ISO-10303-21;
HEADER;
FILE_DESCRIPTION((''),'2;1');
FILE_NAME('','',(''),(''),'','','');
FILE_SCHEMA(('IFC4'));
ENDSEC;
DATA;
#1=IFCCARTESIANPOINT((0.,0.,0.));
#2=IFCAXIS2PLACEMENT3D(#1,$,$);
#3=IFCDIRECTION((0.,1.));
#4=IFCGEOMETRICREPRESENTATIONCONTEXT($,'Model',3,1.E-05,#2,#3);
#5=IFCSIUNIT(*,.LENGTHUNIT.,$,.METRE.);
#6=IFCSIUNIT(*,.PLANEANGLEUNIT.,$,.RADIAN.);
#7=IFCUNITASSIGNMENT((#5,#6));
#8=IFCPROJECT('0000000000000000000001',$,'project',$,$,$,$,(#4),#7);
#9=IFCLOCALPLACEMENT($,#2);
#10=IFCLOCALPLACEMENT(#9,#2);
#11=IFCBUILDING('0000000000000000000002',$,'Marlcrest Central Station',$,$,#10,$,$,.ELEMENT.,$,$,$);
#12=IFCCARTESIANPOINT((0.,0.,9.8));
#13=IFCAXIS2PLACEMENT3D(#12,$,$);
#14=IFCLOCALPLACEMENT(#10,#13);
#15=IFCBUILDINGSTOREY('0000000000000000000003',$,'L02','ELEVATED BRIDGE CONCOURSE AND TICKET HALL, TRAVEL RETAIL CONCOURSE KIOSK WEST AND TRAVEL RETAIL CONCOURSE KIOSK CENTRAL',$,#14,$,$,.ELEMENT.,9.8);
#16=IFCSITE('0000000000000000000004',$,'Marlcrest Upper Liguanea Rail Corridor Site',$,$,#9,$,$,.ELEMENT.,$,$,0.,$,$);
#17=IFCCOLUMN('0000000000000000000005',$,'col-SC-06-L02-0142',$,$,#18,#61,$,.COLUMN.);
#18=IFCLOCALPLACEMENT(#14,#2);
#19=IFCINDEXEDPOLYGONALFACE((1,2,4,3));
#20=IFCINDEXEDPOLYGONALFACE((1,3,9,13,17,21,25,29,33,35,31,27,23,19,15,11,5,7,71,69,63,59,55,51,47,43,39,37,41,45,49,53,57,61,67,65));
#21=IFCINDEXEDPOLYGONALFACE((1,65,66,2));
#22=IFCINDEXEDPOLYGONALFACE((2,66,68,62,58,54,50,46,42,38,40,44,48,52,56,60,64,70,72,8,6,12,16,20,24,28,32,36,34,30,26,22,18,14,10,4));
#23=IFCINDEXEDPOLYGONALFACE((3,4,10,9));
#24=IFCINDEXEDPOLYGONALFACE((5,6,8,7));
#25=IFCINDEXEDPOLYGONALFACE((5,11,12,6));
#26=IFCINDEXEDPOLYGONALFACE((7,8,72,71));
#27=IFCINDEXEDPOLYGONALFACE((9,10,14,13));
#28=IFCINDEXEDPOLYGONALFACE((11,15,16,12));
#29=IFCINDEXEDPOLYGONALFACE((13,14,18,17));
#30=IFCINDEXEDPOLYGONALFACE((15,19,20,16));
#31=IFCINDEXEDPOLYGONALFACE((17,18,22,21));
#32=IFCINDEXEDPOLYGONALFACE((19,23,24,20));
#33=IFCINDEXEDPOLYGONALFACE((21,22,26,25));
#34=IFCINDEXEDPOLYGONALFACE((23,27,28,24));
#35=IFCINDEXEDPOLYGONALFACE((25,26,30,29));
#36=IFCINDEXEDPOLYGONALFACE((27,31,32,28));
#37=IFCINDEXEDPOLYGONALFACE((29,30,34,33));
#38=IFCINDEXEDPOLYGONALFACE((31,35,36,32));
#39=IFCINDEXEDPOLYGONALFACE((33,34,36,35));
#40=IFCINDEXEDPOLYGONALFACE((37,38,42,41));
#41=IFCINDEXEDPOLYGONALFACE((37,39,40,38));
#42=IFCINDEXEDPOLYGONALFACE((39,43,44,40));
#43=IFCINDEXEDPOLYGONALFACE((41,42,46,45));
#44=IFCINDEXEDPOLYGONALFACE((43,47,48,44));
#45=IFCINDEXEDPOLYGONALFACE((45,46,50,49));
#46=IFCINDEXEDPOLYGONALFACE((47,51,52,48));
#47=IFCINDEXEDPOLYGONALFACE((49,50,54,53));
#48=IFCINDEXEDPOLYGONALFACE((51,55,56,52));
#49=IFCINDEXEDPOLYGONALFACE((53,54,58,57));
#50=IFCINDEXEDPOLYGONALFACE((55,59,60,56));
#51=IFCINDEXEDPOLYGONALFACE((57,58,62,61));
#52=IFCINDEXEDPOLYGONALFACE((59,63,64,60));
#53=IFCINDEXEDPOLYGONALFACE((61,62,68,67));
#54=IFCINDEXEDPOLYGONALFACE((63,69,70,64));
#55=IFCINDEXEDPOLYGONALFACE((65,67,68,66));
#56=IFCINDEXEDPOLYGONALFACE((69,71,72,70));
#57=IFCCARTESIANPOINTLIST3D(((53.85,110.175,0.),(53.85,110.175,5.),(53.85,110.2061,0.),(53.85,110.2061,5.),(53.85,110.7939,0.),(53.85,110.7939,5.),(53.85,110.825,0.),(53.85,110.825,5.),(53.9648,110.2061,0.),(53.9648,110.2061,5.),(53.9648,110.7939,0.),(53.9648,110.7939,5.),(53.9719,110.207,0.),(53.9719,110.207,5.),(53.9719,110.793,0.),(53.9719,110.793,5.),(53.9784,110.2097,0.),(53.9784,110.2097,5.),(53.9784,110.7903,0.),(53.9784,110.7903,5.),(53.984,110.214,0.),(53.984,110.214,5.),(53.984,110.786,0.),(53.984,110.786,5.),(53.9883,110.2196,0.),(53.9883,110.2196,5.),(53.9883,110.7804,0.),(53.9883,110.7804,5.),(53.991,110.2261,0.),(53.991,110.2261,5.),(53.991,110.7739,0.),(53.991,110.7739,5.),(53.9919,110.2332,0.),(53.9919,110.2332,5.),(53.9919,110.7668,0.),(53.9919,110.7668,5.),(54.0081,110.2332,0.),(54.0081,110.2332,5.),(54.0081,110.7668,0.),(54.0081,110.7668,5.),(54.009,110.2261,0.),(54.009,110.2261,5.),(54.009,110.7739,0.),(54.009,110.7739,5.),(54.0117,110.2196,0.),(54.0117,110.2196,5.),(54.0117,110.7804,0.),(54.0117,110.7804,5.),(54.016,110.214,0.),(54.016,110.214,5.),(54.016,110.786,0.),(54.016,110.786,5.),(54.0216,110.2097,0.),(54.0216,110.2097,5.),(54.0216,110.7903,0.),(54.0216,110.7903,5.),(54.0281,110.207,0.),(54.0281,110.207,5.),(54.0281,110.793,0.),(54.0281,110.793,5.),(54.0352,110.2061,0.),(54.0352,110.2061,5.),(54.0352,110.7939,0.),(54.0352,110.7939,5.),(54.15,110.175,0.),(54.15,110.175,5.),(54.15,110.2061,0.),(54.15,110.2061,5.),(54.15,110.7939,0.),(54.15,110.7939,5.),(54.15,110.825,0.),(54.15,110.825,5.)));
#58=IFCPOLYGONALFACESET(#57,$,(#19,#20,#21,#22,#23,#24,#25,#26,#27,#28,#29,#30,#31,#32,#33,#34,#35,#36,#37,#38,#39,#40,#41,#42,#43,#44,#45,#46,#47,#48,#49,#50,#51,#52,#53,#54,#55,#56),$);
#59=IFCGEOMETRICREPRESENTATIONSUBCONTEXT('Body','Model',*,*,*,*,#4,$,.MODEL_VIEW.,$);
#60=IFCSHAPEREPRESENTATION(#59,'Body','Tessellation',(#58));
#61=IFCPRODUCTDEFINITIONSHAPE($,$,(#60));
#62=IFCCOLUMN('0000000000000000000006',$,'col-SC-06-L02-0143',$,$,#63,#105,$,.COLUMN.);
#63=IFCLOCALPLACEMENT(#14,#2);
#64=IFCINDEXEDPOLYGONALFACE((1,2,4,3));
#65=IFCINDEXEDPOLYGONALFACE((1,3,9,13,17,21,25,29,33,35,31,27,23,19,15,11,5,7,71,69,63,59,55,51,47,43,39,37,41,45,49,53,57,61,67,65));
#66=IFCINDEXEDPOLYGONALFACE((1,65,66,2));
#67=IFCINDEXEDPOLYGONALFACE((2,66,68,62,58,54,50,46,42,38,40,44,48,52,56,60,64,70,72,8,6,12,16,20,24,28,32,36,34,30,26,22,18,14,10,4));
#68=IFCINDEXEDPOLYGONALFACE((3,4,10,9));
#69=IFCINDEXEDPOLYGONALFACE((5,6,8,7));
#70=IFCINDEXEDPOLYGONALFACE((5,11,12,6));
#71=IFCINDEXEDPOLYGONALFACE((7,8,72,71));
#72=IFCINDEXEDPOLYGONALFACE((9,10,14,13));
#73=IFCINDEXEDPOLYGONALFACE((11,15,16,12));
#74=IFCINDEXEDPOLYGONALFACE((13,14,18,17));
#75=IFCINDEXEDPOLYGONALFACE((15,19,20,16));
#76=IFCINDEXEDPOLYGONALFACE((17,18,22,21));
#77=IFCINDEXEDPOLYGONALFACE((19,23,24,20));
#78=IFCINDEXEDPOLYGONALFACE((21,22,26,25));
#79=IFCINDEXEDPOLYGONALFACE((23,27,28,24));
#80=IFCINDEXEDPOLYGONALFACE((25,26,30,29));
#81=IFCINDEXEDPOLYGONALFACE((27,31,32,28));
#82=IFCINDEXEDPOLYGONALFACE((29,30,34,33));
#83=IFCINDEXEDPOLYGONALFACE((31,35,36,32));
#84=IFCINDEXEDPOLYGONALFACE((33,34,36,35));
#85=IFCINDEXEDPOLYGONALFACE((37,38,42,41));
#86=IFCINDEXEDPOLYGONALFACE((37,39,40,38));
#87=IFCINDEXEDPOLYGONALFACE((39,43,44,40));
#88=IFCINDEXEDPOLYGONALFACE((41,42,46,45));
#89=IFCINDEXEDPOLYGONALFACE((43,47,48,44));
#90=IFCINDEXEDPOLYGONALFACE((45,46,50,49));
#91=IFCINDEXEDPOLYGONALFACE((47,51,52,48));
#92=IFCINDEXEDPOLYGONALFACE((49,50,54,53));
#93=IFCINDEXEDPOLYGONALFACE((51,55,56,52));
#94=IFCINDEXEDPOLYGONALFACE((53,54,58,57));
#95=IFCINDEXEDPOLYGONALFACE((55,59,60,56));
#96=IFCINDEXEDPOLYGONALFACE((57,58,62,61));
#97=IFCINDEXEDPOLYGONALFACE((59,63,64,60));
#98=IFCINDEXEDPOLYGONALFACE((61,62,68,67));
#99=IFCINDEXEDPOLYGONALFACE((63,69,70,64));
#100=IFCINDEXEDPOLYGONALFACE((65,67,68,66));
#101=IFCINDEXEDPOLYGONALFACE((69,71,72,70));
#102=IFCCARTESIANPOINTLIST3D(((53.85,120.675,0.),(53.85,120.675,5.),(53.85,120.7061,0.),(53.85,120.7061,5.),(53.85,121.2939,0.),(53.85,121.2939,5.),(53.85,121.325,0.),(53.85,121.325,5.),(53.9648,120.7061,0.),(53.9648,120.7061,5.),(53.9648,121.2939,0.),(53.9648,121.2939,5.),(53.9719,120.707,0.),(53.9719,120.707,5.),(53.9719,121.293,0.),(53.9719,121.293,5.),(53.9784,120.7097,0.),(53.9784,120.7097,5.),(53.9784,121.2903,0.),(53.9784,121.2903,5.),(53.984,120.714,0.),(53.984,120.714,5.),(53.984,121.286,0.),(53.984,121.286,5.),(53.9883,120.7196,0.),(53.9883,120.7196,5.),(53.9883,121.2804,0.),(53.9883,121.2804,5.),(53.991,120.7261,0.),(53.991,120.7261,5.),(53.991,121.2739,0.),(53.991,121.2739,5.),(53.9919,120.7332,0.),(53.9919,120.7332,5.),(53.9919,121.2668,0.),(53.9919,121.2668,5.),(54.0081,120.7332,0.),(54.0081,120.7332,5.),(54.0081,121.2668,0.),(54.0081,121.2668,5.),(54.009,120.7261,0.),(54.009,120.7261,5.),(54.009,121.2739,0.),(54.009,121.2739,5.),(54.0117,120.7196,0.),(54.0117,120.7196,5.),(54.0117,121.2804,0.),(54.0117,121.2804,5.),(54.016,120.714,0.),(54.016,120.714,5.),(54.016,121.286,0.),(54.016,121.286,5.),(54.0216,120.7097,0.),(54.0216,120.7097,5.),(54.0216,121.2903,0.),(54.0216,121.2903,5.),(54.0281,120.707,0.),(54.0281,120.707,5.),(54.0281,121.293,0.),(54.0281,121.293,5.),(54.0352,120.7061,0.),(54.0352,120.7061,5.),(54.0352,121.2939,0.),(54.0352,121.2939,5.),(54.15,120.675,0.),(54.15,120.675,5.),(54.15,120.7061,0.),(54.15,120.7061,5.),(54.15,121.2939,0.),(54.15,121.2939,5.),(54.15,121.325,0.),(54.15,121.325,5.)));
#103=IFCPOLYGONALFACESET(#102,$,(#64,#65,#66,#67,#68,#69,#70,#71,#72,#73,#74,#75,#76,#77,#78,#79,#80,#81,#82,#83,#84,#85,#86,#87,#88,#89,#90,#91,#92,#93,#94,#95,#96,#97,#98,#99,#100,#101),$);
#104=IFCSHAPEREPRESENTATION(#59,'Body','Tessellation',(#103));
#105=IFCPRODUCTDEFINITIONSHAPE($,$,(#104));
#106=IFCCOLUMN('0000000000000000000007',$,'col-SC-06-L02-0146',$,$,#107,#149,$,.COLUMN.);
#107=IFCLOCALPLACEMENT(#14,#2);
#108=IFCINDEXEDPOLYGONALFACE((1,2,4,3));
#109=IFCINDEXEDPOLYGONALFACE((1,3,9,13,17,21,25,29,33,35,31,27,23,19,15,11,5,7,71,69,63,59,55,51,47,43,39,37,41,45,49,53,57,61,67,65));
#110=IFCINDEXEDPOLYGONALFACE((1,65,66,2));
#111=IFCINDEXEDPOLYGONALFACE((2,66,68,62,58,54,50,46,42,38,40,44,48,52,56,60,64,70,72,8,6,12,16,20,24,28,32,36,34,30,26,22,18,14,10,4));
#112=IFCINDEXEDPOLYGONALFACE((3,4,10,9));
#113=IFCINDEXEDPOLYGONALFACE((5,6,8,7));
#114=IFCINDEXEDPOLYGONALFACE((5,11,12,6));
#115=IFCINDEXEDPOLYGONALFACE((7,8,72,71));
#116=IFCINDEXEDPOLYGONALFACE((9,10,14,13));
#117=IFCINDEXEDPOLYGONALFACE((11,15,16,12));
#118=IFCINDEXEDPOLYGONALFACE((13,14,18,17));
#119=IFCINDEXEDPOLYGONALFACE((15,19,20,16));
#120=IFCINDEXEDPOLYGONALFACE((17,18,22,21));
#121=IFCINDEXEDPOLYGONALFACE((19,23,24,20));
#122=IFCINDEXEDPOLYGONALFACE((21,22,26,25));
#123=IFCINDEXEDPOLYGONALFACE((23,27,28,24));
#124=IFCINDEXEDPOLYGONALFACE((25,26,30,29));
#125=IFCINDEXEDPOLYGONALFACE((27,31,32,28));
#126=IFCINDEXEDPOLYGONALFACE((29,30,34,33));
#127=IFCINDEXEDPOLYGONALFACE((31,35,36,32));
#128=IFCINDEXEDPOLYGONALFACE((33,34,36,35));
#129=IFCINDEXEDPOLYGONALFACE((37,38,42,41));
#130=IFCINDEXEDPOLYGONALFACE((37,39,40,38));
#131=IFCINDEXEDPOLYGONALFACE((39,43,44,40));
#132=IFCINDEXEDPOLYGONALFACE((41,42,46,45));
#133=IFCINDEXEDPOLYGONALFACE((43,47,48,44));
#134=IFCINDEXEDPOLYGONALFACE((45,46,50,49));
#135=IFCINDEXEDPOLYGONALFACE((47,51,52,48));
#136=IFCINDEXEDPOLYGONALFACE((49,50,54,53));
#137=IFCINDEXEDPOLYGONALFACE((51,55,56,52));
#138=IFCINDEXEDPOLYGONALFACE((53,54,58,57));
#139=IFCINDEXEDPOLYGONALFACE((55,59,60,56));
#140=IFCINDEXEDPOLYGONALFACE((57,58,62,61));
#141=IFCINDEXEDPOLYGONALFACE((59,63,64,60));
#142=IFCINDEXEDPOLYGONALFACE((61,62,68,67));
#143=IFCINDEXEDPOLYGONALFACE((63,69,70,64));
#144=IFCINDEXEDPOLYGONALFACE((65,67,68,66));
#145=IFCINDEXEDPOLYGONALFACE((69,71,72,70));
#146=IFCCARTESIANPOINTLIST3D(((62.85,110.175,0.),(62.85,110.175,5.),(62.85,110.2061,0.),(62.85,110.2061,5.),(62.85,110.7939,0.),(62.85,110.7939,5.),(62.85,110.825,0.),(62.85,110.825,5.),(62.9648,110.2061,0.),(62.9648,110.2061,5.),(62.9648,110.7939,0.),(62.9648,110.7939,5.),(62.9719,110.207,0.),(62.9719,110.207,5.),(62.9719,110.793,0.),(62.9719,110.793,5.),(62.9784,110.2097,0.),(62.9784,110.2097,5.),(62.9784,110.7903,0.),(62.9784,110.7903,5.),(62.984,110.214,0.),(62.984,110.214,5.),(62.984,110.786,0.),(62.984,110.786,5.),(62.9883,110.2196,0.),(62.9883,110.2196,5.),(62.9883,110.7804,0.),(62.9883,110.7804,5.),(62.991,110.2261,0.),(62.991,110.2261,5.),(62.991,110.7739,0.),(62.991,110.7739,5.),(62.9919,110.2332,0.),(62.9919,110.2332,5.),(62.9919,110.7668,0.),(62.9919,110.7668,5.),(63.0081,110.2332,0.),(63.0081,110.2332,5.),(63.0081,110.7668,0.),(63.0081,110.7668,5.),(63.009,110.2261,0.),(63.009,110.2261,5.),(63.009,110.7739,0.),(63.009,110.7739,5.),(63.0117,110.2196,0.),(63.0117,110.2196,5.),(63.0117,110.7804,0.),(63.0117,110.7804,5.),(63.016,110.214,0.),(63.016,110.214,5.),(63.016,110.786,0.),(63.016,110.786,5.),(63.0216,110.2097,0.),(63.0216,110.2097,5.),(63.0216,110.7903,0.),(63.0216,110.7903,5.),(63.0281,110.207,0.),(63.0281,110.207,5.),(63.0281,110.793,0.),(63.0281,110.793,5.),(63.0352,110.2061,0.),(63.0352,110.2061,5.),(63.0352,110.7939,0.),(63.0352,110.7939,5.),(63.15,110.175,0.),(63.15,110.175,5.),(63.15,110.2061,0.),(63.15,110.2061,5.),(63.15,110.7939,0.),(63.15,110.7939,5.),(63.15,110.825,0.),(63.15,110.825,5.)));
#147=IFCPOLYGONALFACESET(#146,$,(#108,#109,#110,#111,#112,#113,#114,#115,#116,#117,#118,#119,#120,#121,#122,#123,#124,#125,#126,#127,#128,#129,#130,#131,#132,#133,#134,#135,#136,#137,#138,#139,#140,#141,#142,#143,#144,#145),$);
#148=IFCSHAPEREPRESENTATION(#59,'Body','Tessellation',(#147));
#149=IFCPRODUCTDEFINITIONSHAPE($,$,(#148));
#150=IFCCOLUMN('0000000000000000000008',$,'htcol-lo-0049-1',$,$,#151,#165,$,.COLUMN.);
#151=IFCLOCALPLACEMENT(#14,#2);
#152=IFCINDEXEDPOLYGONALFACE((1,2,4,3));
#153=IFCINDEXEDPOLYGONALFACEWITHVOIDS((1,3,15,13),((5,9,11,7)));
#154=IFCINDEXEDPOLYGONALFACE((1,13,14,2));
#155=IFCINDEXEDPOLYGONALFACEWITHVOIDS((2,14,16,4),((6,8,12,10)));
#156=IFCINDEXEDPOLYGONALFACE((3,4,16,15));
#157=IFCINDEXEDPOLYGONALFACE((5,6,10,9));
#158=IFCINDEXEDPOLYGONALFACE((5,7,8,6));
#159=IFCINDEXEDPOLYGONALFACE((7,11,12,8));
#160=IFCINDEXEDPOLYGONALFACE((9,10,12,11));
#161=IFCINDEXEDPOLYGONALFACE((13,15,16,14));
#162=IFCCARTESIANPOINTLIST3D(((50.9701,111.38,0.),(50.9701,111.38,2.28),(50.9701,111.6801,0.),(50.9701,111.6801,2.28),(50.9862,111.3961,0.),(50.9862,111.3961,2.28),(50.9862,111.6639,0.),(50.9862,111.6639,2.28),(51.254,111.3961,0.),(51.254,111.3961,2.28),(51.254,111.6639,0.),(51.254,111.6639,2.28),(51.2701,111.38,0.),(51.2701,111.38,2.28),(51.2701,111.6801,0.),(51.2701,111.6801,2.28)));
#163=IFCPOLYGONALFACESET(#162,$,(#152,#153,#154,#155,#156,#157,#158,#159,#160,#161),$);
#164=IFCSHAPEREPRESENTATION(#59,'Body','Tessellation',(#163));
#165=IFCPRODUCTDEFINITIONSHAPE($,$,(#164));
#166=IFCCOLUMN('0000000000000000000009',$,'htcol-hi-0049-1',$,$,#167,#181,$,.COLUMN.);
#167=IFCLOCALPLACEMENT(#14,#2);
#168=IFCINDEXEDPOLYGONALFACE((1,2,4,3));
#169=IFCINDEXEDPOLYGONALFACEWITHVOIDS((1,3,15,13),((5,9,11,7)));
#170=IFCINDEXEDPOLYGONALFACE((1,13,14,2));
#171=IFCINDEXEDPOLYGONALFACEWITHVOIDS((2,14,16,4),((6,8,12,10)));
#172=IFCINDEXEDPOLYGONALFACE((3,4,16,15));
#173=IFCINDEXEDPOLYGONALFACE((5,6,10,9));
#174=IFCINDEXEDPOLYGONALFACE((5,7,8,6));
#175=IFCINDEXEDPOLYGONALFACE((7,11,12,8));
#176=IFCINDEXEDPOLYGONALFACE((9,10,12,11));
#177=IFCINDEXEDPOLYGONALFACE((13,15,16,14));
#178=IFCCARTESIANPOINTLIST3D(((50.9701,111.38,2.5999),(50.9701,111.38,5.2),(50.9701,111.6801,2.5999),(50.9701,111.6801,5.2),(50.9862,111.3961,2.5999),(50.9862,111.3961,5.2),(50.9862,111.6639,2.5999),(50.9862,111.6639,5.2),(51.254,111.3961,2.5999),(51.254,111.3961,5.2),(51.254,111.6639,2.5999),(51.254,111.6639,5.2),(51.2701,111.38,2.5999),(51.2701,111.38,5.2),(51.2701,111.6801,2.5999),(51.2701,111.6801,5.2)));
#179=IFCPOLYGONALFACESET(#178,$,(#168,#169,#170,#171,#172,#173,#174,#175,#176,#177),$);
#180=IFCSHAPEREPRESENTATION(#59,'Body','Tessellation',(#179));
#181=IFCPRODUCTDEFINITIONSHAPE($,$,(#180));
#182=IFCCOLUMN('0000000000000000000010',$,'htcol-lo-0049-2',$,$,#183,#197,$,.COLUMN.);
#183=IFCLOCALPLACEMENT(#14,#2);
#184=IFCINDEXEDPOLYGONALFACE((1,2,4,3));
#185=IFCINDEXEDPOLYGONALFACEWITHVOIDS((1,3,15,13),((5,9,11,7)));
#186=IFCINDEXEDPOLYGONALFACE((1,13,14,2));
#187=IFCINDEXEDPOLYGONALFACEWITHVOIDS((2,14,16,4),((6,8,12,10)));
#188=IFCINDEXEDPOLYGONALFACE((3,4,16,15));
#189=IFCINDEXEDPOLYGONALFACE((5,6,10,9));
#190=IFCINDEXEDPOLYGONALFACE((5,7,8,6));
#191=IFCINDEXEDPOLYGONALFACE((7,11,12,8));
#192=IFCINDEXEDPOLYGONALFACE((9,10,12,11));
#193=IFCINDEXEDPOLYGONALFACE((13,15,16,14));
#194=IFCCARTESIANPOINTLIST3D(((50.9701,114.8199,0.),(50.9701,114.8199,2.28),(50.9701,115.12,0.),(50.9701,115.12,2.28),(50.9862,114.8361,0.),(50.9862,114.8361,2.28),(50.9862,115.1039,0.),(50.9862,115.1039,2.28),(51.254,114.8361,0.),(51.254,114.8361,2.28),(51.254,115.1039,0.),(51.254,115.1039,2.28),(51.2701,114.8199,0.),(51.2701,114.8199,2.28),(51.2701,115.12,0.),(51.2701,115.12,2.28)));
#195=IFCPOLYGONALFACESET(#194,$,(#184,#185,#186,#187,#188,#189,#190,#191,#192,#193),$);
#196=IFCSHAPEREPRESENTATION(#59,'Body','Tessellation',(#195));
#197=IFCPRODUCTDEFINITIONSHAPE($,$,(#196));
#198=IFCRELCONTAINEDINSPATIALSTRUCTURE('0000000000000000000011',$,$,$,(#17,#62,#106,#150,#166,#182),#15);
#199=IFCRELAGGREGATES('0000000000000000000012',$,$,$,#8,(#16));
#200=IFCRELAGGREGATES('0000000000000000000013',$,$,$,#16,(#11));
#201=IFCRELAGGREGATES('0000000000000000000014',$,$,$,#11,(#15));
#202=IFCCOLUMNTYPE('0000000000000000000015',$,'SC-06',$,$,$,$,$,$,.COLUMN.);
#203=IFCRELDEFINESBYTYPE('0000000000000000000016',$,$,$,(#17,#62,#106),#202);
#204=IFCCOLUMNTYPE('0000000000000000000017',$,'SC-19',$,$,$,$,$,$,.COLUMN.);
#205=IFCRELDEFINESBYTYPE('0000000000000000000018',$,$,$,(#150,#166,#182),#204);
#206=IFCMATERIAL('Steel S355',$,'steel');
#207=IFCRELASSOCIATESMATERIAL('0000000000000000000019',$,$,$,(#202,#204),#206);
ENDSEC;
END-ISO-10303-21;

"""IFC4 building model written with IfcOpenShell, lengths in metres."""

from ifc_helpers import new_model, si_unit, direction, frame, origin, origin_2d, place, context, subcontext, project, spatial, hollow_rectangle, i_section, extrude, material, material_profile, profile_set, type_object, element, save


model = new_model("IFC4")

# Units and contexts
model_context = context("Model", 3, precision=1e-05, world=origin(), true_north=direction((0.0, 1.0)))
body_context = subcontext(model_context, "Body", "Model", "MODEL_VIEW")
ifc_project = project(units=[si_unit("LENGTHUNIT", "METRE"), si_unit("PLANEANGLEUNIT", "RADIAN")], contexts=[model_context])

# Site, building, storey
site_placement = place(None, origin())
site = spatial("IfcSite", under=ifc_project, at=site_placement, Name="Marlcrest Upper Liguanea Rail Corridor Site", CompositionType="ELEMENT", RefElevation=0.0)
building_placement = place(site_placement, origin())
building = spatial("IfcBuilding", under=site, at=building_placement, Name="Marlcrest Central Station", CompositionType="ELEMENT")
storey_placement = place(building_placement, frame((0.0, 0.0, 9.8)))
storey = spatial("IfcBuildingStorey", under=building, at=storey_placement, Name="L02", Description="ELEVATED BRIDGE CONCOURSE AND TICKET HALL, TRAVEL RETAIL CONCOURSE KIOSK WEST AND TRAVEL RETAIL CONCOURSE KIOSK CENTRAL", CompositionType="ELEMENT", Elevation=9.8)

# Columns
ifc_material_1 = material(Name="Steel S355", Category="steel")
ifc_material_profile_1 = material_profile(ifc_material_1, i_section(OverallWidth=0.3, OverallDepth=0.6499, WebThickness=0.0161, FlangeThickness=0.031, FilletRadius=0.0271, at=origin_2d()), Name="HEB 650")
ifc_profile_set_1 = profile_set([ifc_material_profile_1], Name="Steel S355")
column_type_1 = type_object("IfcColumnType", Name="SC-06", PredefinedType="COLUMN", material=ifc_profile_set_1)
for number, where, z_axis, x_axis, name in (
    (1, (54.0, 110.5, 0.0), (0.0, 0.0, 1.0), (1.0, 0.0, 0.0), "col-SC-06-L02-0142"),
    (2, (54.0, 121.0, 0.0), (0.0, 0.0, 1.0), (1.0, 0.0, 0.0), "col-SC-06-L02-0143"),
    (3, (63.0, 110.5, 0.0), (0.0, 0.0, 1.0), (1.0, 0.0, 0.0), "col-SC-06-L02-0146"),
):
    element("IfcColumn", number, at=place(storey_placement, frame(where, z_axis=z_axis, x_axis=x_axis)), inside=storey, type_object=column_type_1, Name=name, PredefinedType="COLUMN", context=body_context, shape_type="SweptSolid", body=[
        extrude(i_section(OverallWidth=0.3, OverallDepth=0.6499, WebThickness=0.0161, FlangeThickness=0.031, FilletRadius=0.0271, at=origin_2d()), origin(), (0.0, 0.0, 1.0), 5.0),
    ])
ifc_material_profile_2 = material_profile(ifc_material_1, hollow_rectangle(XDim=0.3, YDim=0.3, WallThickness=0.0161, at=origin_2d()), Name="SHS 300x300x16")
ifc_profile_set_2 = profile_set([ifc_material_profile_2], Name="Steel S355")
column_type_2 = type_object("IfcColumnType", Name="SC-19", PredefinedType="COLUMN", material=ifc_profile_set_2)
column_1_placement = place(storey_placement, frame((51.1201, 111.53, 0.0), z_axis=(0.0, 0.0, 1.0), x_axis=(1.0, 0.0, 0.0)))
element("IfcColumn", 4, at=column_1_placement, inside=storey, type_object=column_type_2, Name="htcol-lo-0049-1", PredefinedType="COLUMN", context=body_context, shape_type="SweptSolid", body=[
    extrude(hollow_rectangle(XDim=0.3, YDim=0.3, WallThickness=0.0161, at=origin_2d()), origin(), (0.0, 0.0, 1.0), 2.28),
])
column_2_placement = place(storey_placement, frame((51.1201, 111.53, 2.5999), z_axis=(0.0, 0.0, 1.0), x_axis=(1.0, 0.0, 0.0)))
element("IfcColumn", 5, at=column_2_placement, inside=storey, type_object=column_type_2, Name="htcol-hi-0049-1", PredefinedType="COLUMN", context=body_context, shape_type="SweptSolid", body=[
    extrude(hollow_rectangle(XDim=0.3, YDim=0.3, WallThickness=0.0161, at=origin_2d()), origin(), (0.0, 0.0, 1.0), 2.6001),
])
column_3_placement = place(storey_placement, frame((51.1201, 114.97, 0.0), z_axis=(0.0, 0.0, 1.0), x_axis=(1.0, 0.0, 0.0)))
element("IfcColumn", 6, at=column_3_placement, inside=storey, type_object=column_type_2, Name="htcol-lo-0049-2", PredefinedType="COLUMN", context=body_context, shape_type="SweptSolid", body=[
    extrude(hollow_rectangle(XDim=0.3, YDim=0.3, WallThickness=0.0161, at=origin_2d()), origin(), (0.0, 0.0, 1.0), 2.28),
])

save(model, "model.ifc")
